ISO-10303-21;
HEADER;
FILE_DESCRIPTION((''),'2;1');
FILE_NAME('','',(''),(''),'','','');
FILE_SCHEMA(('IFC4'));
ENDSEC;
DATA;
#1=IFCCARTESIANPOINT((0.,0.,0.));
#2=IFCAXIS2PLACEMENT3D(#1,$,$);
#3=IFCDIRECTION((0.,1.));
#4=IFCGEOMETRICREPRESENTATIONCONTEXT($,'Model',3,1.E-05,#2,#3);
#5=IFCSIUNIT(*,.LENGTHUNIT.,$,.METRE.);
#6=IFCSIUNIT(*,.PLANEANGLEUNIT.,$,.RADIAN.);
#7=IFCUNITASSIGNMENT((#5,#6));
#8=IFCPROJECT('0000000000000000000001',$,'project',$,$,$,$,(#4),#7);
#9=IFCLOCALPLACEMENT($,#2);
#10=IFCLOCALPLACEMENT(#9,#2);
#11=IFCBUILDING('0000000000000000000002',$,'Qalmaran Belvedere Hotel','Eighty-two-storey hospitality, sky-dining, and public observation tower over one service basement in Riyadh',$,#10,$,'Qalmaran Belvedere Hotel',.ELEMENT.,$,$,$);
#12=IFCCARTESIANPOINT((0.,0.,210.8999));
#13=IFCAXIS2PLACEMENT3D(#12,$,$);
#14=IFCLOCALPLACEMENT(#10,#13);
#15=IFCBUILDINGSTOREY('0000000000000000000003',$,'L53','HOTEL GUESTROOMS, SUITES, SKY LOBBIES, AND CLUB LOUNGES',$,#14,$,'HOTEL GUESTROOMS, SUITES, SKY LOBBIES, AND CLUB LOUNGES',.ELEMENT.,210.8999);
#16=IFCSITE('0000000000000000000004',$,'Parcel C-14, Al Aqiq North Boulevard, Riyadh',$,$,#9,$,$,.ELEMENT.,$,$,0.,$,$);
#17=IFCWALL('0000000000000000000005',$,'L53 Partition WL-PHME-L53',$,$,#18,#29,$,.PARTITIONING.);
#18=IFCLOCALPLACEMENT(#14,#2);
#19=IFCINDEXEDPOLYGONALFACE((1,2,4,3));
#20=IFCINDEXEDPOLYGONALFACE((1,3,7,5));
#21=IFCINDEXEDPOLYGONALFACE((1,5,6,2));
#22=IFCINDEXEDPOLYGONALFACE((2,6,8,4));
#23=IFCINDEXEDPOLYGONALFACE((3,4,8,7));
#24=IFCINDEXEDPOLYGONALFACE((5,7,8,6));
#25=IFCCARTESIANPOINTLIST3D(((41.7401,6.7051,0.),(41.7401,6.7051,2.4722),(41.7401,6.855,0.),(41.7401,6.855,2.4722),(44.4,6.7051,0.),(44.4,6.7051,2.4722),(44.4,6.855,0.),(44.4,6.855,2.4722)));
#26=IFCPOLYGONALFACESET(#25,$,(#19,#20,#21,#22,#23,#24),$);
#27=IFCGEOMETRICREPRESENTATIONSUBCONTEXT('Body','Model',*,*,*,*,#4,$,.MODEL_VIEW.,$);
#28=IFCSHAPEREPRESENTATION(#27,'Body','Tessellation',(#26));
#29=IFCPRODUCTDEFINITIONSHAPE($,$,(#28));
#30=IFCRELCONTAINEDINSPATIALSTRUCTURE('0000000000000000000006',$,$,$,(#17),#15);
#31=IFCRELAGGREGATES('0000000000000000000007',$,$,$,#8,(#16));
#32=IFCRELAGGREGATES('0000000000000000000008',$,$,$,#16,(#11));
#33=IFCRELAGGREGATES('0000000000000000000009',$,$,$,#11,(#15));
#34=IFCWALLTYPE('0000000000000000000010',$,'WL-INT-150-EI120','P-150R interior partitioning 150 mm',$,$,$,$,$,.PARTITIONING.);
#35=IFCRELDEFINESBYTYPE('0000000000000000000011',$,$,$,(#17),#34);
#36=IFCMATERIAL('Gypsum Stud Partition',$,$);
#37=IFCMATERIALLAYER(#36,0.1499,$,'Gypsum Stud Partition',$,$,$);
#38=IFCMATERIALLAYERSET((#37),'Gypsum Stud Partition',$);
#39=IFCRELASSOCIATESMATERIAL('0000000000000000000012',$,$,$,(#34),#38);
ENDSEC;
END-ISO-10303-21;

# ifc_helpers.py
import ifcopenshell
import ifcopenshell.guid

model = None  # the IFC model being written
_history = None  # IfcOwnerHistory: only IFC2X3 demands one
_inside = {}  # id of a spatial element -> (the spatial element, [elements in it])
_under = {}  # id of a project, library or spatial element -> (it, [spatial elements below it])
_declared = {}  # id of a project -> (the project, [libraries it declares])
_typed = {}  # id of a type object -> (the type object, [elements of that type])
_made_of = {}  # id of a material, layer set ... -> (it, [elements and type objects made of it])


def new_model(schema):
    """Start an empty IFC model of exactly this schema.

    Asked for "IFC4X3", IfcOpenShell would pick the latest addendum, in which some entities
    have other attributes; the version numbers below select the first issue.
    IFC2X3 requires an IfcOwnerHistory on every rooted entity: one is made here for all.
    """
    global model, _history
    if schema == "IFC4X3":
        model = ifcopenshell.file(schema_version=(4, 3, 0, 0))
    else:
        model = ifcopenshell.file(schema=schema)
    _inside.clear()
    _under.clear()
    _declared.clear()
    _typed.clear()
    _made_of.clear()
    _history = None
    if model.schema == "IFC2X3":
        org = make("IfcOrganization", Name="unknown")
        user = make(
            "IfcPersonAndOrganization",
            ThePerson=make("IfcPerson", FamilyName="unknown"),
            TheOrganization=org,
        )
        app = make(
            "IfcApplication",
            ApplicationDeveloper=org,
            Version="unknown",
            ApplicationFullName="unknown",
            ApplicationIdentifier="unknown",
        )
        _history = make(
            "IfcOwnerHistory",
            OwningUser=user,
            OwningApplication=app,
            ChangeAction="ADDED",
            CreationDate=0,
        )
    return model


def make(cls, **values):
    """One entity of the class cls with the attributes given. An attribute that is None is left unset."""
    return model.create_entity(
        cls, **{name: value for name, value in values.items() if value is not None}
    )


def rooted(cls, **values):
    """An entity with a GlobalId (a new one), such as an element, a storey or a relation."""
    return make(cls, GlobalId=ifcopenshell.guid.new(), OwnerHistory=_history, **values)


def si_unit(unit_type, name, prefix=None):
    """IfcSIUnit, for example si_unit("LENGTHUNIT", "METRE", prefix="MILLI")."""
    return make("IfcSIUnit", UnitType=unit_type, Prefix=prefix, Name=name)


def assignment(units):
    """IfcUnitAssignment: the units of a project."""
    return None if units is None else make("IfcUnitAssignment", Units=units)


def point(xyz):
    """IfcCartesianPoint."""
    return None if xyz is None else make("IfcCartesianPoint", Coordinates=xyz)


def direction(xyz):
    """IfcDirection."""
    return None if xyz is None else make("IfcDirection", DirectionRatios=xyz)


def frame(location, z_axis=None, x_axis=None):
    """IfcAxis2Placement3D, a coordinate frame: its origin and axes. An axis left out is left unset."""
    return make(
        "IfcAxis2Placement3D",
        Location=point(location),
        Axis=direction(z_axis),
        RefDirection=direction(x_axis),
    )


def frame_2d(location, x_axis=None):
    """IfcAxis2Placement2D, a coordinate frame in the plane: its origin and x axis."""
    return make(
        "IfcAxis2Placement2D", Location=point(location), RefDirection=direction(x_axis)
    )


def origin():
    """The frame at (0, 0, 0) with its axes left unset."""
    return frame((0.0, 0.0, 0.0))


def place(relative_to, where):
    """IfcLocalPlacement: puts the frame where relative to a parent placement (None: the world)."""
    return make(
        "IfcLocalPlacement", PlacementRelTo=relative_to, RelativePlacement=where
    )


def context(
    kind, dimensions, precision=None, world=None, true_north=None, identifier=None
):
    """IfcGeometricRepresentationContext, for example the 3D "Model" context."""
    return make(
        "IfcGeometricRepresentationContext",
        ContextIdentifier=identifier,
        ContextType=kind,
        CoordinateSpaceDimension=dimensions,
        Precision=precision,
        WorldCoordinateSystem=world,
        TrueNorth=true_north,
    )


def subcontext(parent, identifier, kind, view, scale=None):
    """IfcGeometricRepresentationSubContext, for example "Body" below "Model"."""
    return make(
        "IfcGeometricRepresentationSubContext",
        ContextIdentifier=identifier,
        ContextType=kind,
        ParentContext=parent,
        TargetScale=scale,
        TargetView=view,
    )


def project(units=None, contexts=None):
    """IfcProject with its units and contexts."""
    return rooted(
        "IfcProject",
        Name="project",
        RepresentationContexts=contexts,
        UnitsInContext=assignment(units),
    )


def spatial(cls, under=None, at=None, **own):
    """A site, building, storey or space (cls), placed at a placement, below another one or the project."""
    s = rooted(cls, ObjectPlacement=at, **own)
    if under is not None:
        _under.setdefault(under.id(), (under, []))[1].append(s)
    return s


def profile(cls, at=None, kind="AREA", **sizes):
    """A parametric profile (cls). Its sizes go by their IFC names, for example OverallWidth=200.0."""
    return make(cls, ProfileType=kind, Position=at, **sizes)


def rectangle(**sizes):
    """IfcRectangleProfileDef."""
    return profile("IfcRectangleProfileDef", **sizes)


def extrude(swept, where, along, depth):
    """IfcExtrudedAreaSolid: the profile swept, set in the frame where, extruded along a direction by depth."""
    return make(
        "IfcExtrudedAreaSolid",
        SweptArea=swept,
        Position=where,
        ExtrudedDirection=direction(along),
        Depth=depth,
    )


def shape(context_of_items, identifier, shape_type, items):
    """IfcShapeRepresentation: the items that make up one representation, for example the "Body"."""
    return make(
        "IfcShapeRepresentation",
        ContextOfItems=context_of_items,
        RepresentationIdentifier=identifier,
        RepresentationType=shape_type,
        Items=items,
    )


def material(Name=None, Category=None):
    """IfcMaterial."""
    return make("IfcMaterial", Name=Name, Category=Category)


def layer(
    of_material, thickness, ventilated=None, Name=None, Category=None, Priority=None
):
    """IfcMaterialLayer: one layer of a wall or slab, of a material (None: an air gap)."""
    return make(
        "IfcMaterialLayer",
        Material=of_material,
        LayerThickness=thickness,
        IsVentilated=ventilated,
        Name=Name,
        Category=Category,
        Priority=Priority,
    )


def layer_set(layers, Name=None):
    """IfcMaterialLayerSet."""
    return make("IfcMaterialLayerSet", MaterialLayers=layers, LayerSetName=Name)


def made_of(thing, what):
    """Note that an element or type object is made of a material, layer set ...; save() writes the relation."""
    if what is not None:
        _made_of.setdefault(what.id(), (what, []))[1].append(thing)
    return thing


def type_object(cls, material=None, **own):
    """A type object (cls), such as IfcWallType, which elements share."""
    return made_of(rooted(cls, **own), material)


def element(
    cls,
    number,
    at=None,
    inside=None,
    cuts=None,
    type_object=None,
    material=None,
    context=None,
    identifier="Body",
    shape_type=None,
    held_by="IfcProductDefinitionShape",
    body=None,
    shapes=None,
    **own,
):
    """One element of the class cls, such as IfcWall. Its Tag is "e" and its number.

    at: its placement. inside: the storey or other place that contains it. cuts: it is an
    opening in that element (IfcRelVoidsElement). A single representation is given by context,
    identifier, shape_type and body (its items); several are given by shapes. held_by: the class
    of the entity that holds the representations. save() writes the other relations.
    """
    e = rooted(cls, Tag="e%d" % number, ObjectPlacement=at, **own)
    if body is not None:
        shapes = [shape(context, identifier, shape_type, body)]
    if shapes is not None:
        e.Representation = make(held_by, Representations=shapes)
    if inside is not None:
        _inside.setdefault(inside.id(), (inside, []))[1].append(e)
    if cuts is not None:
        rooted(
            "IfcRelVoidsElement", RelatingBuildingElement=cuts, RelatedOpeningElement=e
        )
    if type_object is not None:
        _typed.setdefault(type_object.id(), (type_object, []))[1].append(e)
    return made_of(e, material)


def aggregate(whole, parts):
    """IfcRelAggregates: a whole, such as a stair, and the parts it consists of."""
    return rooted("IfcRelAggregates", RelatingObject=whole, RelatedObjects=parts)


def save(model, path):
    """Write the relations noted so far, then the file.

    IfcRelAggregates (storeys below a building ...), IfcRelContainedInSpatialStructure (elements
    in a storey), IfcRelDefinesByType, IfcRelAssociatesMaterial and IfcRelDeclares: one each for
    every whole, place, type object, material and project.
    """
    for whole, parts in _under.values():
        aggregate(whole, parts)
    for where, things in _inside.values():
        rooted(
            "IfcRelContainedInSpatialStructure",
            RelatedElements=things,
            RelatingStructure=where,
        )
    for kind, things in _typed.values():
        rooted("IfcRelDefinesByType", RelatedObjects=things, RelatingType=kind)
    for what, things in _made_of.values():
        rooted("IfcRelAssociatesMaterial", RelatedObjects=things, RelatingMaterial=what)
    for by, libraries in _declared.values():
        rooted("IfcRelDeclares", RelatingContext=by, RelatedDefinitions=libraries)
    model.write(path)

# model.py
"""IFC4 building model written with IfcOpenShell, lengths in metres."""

from ifc_helpers import new_model, si_unit, direction, frame, frame_2d, origin, place, context, subcontext, project, spatial, rectangle, extrude, material, layer, layer_set, type_object, element, save


model = new_model("IFC4")

# Units and contexts
model_context = context("Model", 3, precision=1e-05, world=origin(), true_north=direction((0.0, 1.0)))
body_context = subcontext(model_context, "Body", "Model", "MODEL_VIEW")
ifc_project = project(units=[si_unit("LENGTHUNIT", "METRE"), si_unit("PLANEANGLEUNIT", "RADIAN")], contexts=[model_context])

# Site, building, storey
site_placement = place(None, origin())
site = spatial("IfcSite", under=ifc_project, at=site_placement, Name="Parcel C-14, Al Aqiq North Boulevard, Riyadh", CompositionType="ELEMENT", RefElevation=0.0)
building_placement = place(site_placement, origin())
building = spatial("IfcBuilding", under=site, at=building_placement, Name="Qalmaran Belvedere Hotel", Description="Eighty-two-storey hospitality, sky-dining, and public observation tower over one service basement in Riyadh", LongName="Qalmaran Belvedere Hotel", CompositionType="ELEMENT")
storey_placement = place(building_placement, frame((0.0, 0.0, 210.8999)))
storey = spatial("IfcBuildingStorey", under=building, at=storey_placement, Name="L53", Description="HOTEL GUESTROOMS, SUITES, SKY LOBBIES, AND CLUB LOUNGES", LongName="HOTEL GUESTROOMS, SUITES, SKY LOBBIES, AND CLUB LOUNGES", CompositionType="ELEMENT", Elevation=210.8999)

# Wall
ifc_material_1 = material(Name="Gypsum Stud Partition")
ifc_layer_1 = layer(ifc_material_1, 0.1499, Name="Gypsum Stud Partition")
ifc_layer_set_1 = layer_set([ifc_layer_1], Name="Gypsum Stud Partition")
wall_type_1 = type_object("IfcWallType", Name="WL-INT-150-EI120", Description="P-150R interior partitioning 150 mm", PredefinedType="PARTITIONING", material=ifc_layer_set_1)
wall_1_placement = place(storey_placement, frame((41.74, 6.78, 0.0), z_axis=(0.0, 0.0, 1.0), x_axis=(1.0, 0.0, 0.0)))
element("IfcWall", 1, at=wall_1_placement, inside=storey, type_object=wall_type_1, Name="L53 Partition WL-PHME-L53", PredefinedType="PARTITIONING", context=body_context, shape_type="SweptSolid", body=[
    extrude(rectangle(XDim=2.6599, YDim=0.1499, at=frame_2d((1.3301, 0.0))), origin(), (0.0, 0.0, 1.0), 2.4722),
])

save(model, "model.ifc")
